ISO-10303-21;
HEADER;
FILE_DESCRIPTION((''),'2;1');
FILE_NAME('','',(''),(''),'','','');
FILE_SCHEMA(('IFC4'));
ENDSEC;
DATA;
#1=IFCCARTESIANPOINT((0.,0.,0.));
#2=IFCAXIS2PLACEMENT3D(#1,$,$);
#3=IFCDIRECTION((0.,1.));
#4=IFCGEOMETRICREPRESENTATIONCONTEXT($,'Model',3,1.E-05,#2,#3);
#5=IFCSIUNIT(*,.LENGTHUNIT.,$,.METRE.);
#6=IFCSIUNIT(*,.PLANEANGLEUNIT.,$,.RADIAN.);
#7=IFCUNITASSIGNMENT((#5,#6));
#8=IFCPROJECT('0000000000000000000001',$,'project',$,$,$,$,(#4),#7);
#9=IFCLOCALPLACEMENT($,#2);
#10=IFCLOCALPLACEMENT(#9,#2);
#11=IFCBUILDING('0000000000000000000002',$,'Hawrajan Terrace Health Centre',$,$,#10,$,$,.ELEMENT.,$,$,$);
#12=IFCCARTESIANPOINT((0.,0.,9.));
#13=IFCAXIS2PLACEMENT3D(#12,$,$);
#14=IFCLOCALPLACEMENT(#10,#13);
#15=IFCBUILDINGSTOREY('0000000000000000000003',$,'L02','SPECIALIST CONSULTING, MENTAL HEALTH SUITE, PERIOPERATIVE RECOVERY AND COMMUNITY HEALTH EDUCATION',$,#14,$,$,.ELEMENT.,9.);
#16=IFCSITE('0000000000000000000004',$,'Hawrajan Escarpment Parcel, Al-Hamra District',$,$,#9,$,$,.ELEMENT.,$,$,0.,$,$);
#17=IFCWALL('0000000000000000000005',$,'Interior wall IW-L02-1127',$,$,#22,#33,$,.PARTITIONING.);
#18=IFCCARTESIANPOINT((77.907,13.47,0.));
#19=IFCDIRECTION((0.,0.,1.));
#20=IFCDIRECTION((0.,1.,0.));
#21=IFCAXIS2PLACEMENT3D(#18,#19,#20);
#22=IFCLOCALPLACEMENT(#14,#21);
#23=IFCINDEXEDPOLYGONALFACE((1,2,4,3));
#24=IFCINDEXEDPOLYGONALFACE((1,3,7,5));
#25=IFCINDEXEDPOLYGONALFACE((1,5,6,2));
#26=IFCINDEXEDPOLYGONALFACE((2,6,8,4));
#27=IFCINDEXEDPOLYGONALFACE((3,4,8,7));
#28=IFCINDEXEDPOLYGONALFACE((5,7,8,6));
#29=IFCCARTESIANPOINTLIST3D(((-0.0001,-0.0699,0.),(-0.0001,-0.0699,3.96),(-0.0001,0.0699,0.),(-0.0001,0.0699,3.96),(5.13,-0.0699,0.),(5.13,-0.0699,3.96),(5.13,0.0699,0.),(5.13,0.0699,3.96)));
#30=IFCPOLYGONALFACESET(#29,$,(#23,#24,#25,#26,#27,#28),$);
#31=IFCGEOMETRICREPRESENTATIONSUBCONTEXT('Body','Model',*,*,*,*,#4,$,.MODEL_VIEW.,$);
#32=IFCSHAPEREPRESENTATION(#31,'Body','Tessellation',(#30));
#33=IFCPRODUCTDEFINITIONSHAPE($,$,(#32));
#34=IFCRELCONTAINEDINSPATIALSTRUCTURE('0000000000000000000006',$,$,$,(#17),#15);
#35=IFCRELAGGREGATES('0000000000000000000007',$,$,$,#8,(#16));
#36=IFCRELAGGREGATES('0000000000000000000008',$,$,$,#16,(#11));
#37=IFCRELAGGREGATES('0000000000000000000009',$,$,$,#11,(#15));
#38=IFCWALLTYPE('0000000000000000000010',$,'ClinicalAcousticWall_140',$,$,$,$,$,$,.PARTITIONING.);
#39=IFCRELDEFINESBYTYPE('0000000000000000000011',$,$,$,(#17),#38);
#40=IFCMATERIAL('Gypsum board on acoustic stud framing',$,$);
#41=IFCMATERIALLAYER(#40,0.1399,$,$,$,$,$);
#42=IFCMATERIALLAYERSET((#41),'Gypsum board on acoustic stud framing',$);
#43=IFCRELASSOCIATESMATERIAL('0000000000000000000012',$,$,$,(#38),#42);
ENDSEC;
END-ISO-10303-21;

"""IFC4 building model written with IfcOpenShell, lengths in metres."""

from ifc_helpers import new_model, si_unit, direction, frame, frame_2d, origin, place, context, subcontext, project, spatial, rectangle, extrude, material, layer, layer_set, type_object, element, save


model = new_model("IFC4")

# Units and contexts
model_context = context("Model", 3, precision=1e-05, world=origin(), true_north=direction((0.0, 1.0)))
body_context = subcontext(model_context, "Body", "Model", "MODEL_VIEW")
ifc_project = project(units=[si_unit("LENGTHUNIT", "METRE"), si_unit("PLANEANGLEUNIT", "RADIAN")], contexts=[model_context])

# Site, building, storey
site_placement = place(None, origin())
site = spatial("IfcSite", under=ifc_project, at=site_placement, Name="Hawrajan Escarpment Parcel, Al-Hamra District", CompositionType="ELEMENT", RefElevation=0.0)
building_placement = place(site_placement, origin())
building = spatial("IfcBuilding", under=site, at=building_placement, Name="Hawrajan Terrace Health Centre", CompositionType="ELEMENT")
storey_placement = place(building_placement, frame((0.0, 0.0, 9.0)))
storey = spatial("IfcBuildingStorey", under=building, at=storey_placement, Name="L02", Description="SPECIALIST CONSULTING, MENTAL HEALTH SUITE, PERIOPERATIVE RECOVERY AND COMMUNITY HEALTH EDUCATION", CompositionType="ELEMENT", Elevation=9.0)

# Wall
ifc_material_1 = material(Name="Gypsum board on acoustic stud framing")
ifc_layer_1 = layer(ifc_material_1, 0.1399)
ifc_layer_set_1 = layer_set([ifc_layer_1], Name="Gypsum board on acoustic stud framing")
wall_type = type_object("IfcWallType", Name="ClinicalAcousticWall_140", PredefinedType="PARTITIONING", material=ifc_layer_set_1)
wall_1_placement = place(storey_placement, frame((77.907, 13.47, 0.0), z_axis=(0.0, 0.0, 1.0), x_axis=(0.0, 1.0, 0.0)))
element("IfcWall", 1, at=wall_1_placement, inside=storey, type_object=wall_type, Name="Interior wall IW-L02-1127", PredefinedType="PARTITIONING", context=body_context, shape_type="SweptSolid", body=[
    extrude(rectangle(XDim=5.1301, YDim=0.1399, at=frame_2d((2.5649, 0.0))), origin(), (0.0, 0.0, 1.0), 3.96),
])

save(model, "model.ifc")
